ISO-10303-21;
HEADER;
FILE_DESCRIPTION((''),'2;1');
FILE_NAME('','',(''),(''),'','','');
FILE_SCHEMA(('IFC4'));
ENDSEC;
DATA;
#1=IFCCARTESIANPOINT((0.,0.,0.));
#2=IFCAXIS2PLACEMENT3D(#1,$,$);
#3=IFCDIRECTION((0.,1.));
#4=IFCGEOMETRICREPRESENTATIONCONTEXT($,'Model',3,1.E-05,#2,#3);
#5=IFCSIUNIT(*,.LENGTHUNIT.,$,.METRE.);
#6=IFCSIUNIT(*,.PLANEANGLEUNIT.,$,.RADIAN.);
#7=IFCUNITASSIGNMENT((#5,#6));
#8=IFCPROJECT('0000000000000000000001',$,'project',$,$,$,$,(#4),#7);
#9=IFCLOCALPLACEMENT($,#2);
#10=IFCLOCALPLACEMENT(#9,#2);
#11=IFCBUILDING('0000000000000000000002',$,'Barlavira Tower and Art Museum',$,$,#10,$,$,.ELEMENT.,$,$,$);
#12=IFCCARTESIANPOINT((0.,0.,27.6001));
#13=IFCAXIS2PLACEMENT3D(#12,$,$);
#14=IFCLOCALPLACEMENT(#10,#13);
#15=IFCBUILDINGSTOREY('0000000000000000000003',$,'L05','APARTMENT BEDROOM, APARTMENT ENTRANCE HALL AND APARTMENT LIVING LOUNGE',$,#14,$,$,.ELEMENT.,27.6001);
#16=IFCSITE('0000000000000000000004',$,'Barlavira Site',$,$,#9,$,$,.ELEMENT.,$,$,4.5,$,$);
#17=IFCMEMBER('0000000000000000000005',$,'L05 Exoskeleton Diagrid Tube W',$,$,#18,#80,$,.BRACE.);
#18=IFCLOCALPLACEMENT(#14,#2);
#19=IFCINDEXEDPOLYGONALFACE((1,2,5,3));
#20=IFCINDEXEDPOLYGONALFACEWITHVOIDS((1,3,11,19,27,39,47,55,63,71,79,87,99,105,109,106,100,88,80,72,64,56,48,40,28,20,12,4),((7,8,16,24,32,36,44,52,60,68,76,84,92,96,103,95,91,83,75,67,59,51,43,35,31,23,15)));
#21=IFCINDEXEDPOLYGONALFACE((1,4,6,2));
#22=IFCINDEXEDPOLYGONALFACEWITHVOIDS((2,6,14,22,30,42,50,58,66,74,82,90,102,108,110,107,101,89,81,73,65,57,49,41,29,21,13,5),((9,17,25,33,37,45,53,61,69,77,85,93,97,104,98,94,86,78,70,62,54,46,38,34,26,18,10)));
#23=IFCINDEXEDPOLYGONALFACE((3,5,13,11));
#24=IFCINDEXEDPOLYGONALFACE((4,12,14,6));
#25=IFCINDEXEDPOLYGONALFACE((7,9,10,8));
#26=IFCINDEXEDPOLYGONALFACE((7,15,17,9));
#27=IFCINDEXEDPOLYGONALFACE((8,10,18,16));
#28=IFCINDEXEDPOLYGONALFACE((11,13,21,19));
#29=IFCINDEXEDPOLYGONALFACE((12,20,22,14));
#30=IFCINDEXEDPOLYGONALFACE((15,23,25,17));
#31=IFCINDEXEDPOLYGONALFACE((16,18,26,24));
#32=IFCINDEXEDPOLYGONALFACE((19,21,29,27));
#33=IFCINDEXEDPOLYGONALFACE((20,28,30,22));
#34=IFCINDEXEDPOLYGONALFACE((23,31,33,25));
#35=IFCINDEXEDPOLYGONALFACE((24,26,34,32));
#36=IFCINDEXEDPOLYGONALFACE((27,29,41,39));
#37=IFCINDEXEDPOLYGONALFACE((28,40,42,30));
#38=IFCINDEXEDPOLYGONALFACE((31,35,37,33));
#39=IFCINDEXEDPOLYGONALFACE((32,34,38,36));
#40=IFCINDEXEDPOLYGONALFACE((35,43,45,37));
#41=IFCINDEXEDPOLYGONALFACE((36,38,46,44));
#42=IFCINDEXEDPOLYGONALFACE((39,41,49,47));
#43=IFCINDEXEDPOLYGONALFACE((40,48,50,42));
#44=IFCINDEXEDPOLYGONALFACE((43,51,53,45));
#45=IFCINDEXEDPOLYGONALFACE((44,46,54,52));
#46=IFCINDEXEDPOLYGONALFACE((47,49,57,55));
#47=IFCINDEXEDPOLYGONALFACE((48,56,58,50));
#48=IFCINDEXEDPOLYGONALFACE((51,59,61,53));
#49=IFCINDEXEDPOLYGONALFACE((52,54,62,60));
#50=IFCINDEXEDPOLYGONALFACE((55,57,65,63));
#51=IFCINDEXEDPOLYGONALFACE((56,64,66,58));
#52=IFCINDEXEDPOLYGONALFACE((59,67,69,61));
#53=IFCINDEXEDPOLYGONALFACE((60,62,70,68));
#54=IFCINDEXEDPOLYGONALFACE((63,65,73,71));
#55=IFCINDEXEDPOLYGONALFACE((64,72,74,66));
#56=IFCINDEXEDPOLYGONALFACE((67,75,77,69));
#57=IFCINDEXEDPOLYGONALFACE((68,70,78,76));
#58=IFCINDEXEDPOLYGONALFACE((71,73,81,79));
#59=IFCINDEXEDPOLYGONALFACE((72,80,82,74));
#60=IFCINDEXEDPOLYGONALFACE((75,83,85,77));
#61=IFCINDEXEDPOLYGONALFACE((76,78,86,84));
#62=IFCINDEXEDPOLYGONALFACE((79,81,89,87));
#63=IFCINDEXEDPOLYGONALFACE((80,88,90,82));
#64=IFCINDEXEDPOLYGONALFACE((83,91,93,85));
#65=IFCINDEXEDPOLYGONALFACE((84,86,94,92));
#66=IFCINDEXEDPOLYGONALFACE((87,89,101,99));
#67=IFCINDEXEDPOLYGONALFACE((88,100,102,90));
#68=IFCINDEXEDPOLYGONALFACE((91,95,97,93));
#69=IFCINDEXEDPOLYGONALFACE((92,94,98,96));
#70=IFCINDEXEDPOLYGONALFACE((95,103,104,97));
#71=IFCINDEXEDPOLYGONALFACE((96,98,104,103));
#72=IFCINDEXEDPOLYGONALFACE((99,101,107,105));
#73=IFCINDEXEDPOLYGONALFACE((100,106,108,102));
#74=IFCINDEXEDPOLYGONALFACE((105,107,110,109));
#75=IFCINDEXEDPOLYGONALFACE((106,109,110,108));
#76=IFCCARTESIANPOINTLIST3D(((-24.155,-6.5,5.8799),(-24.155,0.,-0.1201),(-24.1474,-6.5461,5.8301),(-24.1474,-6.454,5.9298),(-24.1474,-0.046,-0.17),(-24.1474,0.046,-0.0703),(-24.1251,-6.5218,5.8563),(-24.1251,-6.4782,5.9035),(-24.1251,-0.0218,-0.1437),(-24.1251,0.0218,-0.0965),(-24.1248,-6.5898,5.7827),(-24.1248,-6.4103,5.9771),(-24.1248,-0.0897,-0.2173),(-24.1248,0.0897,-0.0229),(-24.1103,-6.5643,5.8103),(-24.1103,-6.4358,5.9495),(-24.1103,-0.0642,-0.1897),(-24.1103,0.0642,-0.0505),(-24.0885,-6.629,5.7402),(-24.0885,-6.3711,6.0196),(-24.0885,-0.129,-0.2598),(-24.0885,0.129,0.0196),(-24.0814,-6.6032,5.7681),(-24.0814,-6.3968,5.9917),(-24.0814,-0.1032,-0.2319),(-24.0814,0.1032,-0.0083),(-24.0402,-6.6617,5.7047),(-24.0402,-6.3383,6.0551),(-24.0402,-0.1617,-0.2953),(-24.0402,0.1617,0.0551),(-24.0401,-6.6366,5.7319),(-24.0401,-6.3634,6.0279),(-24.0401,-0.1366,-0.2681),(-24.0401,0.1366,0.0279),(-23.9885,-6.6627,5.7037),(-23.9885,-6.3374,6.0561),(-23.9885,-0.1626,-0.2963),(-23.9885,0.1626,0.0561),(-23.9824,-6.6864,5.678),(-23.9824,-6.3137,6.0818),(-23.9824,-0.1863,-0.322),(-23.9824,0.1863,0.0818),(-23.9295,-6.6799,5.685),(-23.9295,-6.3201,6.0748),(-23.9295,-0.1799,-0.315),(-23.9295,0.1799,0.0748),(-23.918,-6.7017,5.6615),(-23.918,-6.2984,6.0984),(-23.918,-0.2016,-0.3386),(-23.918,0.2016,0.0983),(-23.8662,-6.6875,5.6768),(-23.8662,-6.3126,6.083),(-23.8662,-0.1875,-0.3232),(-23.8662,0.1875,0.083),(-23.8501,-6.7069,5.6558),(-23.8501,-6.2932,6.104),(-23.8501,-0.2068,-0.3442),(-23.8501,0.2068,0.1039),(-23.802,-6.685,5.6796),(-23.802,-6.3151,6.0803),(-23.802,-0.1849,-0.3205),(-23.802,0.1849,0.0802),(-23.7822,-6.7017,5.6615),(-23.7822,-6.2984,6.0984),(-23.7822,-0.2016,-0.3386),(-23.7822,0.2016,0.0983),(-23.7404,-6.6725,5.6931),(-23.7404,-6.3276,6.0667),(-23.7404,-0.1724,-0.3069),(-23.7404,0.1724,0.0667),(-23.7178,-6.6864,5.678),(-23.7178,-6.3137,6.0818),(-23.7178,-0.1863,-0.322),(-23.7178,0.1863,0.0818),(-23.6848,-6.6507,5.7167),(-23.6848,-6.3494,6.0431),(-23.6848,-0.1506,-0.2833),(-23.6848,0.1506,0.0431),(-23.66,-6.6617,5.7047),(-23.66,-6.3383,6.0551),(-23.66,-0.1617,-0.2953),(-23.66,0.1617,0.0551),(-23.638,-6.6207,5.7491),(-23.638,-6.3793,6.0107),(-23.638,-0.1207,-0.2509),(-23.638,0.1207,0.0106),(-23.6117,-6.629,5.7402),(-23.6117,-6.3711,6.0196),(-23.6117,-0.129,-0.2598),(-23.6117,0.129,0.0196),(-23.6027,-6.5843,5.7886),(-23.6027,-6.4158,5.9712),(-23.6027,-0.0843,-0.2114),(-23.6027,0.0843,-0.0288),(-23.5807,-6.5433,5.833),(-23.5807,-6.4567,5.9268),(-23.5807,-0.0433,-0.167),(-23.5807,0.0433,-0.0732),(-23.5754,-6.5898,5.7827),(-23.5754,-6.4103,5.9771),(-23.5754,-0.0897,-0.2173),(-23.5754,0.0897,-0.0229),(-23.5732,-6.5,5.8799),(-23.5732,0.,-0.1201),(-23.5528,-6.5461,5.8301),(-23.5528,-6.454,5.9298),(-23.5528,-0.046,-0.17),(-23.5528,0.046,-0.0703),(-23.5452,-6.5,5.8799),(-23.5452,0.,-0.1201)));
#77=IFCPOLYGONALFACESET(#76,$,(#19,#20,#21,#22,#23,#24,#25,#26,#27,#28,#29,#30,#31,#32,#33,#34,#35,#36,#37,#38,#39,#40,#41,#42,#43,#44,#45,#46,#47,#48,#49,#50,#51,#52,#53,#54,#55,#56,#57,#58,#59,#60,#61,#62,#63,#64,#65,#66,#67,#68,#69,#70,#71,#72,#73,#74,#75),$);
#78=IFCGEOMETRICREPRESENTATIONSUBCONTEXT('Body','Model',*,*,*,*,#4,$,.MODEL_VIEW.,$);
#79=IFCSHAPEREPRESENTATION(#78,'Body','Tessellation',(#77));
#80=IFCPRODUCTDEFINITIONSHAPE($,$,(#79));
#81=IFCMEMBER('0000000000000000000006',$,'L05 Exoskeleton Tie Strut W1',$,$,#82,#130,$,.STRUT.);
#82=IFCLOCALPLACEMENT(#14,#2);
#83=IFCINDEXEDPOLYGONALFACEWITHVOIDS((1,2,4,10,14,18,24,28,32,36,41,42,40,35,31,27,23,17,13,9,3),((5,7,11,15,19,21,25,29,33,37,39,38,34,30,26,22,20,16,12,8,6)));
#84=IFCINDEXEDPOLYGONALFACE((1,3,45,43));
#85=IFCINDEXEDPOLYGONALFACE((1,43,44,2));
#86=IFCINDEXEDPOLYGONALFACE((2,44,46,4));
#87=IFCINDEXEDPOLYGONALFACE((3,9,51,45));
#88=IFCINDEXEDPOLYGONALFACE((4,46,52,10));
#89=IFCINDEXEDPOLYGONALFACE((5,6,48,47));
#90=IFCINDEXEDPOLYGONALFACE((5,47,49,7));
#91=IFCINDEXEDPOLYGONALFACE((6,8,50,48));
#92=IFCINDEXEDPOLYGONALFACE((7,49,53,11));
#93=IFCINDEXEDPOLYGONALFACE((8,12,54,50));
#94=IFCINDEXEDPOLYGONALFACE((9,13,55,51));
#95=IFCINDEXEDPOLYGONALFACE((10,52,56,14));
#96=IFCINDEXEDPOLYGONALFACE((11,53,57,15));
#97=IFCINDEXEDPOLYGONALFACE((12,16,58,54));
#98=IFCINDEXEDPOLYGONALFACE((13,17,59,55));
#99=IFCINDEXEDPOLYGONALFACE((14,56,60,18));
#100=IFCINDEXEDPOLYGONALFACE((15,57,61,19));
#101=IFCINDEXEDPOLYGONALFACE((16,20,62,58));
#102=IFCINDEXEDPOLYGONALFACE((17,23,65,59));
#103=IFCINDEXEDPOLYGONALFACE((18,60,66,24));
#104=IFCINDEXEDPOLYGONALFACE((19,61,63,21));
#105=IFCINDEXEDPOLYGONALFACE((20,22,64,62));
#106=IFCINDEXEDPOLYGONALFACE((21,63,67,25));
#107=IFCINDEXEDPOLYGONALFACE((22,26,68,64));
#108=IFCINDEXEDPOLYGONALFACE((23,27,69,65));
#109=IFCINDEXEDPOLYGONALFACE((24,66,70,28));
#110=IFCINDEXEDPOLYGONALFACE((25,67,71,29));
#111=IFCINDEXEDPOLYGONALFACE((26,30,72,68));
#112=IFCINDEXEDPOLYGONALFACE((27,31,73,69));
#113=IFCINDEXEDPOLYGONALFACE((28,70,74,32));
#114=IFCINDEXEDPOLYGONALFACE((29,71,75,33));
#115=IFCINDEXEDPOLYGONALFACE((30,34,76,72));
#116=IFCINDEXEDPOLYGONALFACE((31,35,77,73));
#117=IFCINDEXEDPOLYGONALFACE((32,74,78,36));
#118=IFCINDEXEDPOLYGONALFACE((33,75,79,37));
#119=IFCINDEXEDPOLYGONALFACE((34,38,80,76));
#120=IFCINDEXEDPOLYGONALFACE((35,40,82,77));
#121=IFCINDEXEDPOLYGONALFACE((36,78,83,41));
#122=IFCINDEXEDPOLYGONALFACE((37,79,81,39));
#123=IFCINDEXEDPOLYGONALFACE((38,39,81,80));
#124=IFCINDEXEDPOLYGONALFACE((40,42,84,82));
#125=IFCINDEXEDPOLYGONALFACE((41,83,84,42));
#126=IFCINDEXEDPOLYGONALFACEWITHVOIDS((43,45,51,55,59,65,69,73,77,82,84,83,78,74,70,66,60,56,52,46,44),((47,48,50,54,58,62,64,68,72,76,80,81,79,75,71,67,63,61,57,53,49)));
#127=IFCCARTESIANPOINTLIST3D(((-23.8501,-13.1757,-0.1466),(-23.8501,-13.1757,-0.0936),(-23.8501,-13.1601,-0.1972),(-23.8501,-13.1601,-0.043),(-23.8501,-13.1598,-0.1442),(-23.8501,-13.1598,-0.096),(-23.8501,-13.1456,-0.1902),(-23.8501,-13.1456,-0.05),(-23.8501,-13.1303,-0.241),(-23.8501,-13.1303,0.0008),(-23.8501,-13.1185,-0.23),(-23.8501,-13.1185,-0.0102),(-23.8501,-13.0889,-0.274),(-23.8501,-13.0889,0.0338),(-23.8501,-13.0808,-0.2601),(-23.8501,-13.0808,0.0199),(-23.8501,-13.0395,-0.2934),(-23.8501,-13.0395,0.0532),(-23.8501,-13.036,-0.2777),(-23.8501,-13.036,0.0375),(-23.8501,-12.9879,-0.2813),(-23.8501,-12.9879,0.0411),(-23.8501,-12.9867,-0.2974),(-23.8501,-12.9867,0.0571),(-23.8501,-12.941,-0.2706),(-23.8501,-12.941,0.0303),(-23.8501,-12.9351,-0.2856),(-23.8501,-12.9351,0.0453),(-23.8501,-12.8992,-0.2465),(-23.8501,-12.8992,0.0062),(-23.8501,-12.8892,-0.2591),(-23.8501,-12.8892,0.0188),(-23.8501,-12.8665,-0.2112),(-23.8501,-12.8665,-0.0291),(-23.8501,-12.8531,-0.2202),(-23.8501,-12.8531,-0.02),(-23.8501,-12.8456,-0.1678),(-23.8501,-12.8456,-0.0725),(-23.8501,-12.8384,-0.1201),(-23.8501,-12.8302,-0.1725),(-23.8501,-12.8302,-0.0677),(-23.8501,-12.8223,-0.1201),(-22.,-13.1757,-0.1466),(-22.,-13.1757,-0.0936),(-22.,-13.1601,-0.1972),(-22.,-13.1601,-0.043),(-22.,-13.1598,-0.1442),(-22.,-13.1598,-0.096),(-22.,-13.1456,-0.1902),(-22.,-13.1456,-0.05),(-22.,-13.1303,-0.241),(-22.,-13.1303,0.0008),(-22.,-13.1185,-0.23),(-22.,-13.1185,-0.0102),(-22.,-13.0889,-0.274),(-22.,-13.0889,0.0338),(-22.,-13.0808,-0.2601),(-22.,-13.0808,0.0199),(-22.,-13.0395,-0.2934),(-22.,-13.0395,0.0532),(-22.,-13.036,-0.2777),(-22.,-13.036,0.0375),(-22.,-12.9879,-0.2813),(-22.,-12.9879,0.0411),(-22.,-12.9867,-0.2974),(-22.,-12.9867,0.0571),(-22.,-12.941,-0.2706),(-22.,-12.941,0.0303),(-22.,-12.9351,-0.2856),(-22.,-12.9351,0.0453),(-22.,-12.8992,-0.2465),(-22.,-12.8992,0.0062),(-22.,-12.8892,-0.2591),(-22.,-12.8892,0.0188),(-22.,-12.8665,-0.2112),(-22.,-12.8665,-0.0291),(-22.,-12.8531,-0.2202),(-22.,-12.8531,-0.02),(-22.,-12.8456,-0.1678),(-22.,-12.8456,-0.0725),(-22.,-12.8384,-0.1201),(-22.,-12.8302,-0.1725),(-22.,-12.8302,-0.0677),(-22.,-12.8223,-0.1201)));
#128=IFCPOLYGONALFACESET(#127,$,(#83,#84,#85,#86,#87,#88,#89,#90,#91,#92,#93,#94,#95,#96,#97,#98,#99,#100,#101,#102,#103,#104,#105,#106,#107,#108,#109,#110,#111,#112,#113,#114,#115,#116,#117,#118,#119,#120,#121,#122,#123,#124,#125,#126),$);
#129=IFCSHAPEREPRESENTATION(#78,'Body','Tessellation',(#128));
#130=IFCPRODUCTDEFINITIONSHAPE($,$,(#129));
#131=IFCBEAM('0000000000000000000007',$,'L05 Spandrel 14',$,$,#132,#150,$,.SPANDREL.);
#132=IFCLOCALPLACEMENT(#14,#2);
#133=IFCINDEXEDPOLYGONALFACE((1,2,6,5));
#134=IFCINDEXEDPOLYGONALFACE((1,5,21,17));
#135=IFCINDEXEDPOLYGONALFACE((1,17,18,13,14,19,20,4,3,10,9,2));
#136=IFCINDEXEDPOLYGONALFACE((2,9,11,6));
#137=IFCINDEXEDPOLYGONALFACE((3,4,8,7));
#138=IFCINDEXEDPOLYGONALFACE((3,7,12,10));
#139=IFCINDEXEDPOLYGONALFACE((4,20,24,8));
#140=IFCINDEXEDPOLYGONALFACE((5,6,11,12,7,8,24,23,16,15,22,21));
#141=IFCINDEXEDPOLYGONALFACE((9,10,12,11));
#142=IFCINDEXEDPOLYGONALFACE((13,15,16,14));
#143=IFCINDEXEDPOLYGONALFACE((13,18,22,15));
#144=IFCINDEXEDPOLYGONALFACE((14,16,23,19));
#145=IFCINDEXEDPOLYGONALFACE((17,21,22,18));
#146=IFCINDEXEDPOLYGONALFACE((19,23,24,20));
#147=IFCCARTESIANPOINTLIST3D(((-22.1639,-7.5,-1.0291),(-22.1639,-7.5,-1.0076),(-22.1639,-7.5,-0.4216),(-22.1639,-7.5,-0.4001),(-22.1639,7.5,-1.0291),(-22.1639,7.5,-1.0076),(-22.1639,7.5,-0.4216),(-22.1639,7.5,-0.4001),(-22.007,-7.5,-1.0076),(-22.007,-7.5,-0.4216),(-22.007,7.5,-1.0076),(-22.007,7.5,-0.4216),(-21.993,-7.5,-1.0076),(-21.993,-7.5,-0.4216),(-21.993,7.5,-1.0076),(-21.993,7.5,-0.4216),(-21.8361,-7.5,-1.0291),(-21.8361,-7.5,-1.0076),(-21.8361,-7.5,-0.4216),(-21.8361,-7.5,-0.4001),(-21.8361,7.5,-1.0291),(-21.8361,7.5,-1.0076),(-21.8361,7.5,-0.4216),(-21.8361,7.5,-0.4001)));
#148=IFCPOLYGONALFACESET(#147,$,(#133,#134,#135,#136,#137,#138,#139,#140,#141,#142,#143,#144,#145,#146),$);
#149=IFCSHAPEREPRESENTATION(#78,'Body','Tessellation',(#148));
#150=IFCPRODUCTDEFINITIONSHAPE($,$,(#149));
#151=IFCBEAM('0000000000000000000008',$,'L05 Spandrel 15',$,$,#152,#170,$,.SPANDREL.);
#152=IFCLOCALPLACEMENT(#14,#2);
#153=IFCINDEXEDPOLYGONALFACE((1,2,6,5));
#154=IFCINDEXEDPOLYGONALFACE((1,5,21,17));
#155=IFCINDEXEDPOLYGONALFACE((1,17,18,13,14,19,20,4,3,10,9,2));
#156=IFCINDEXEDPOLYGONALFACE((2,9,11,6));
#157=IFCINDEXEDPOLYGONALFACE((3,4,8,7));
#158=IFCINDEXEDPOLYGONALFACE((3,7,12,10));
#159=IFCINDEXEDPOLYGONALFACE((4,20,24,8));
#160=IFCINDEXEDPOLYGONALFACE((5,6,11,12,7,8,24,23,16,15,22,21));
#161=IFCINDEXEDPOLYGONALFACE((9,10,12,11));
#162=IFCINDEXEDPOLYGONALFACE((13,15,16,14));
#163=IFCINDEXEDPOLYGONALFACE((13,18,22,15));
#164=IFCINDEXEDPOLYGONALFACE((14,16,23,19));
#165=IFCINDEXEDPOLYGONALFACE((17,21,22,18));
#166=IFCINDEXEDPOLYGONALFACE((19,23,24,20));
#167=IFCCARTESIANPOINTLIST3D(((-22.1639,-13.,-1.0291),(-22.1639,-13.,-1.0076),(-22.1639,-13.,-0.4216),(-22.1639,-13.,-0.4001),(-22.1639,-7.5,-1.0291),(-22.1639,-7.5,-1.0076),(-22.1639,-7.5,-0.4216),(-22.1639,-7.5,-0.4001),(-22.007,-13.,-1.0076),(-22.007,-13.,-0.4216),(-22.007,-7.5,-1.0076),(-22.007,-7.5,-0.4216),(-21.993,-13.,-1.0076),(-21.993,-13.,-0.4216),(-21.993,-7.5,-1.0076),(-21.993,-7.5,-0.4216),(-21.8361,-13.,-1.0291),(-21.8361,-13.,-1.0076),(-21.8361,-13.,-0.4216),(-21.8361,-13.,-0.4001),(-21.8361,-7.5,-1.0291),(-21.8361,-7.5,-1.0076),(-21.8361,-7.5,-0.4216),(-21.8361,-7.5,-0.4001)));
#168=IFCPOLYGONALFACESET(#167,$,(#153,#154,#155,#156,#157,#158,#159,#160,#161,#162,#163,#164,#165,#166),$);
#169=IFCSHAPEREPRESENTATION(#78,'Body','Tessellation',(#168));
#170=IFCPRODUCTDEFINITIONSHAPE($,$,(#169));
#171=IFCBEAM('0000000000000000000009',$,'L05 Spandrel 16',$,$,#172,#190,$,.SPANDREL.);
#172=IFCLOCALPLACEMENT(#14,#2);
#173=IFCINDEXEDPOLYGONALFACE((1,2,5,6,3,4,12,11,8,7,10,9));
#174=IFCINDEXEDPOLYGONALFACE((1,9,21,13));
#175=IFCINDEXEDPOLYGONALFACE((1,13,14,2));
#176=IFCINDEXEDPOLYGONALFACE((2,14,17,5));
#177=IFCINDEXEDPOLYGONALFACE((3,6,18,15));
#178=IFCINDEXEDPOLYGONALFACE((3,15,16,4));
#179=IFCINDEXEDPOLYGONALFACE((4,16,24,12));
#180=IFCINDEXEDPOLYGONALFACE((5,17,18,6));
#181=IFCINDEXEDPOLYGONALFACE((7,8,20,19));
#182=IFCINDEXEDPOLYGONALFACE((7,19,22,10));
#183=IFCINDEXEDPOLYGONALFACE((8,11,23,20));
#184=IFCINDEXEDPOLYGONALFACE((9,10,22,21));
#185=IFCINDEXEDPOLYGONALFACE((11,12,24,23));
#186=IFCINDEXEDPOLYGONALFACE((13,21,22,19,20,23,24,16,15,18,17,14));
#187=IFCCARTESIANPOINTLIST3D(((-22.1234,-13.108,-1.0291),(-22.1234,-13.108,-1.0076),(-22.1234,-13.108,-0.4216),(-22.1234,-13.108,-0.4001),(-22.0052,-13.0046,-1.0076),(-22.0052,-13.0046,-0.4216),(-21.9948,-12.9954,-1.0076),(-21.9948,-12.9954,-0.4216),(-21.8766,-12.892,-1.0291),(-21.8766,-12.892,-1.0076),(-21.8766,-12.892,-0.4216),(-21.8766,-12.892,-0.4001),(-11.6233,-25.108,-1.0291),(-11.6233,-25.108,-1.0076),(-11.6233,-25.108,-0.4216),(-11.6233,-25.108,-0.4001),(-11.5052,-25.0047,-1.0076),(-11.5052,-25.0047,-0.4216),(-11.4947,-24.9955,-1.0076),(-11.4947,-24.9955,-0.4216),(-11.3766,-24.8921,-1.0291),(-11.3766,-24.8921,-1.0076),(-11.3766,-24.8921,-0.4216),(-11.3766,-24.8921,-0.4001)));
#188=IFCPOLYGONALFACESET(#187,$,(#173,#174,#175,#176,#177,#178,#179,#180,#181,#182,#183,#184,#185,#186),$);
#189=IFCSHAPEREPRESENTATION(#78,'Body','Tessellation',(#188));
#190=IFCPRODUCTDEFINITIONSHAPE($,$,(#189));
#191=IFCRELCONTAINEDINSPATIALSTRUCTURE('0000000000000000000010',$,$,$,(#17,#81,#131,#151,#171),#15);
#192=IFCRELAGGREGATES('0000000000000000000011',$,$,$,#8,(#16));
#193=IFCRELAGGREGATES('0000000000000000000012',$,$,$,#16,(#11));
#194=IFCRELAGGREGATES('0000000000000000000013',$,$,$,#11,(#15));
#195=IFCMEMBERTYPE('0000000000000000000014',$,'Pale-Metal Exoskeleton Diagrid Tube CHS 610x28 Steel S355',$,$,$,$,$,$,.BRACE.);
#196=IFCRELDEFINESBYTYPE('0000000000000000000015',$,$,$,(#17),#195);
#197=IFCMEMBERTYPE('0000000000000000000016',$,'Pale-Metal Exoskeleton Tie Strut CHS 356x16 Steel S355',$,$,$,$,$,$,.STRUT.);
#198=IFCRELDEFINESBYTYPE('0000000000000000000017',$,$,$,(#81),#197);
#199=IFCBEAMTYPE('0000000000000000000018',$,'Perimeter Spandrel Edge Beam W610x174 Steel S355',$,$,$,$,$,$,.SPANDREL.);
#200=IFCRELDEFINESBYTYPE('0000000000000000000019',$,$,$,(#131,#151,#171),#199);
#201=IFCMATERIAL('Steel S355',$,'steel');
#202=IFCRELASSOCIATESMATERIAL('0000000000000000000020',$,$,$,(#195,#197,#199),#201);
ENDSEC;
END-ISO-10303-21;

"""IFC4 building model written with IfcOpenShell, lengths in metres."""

from ifc_helpers import new_model, si_unit, direction, frame, origin, origin_2d, place, context, subcontext, project, spatial, hollow_circle, i_section, extrude, material, material_profile, profile_set, type_object, element, save


model = new_model("IFC4")

# Units and contexts
model_context = context("Model", 3, precision=1e-05, world=origin(), true_north=direction((0.0, 1.0)))
body_context = subcontext(model_context, "Body", "Model", "MODEL_VIEW")
ifc_project = project(units=[si_unit("LENGTHUNIT", "METRE"), si_unit("PLANEANGLEUNIT", "RADIAN")], contexts=[model_context])

# Site, building, storey
site_placement = place(None, origin())
site = spatial("IfcSite", under=ifc_project, at=site_placement, Name="Barlavira Site", CompositionType="ELEMENT", RefElevation=4.5)
building_placement = place(site_placement, origin())
building = spatial("IfcBuilding", under=site, at=building_placement, Name="Barlavira Tower and Art Museum", CompositionType="ELEMENT")
storey_placement = place(building_placement, frame((0.0, 0.0, 27.6001)))
storey = spatial("IfcBuildingStorey", under=building, at=storey_placement, Name="L05", Description="APARTMENT BEDROOM, APARTMENT ENTRANCE HALL AND APARTMENT LIVING LOUNGE", CompositionType="ELEMENT", Elevation=27.6001)

# Members
ifc_material_1 = material(Name="Steel S355", Category="steel")
ifc_material_profile_1 = material_profile(ifc_material_1, hollow_circle(Radius=0.3049, WallThickness=0.0281, at=origin_2d()), Name="CHS 610.0x28.0")
ifc_profile_set_1 = profile_set([ifc_material_profile_1], Name="Steel S355")
member_type_1 = type_object("IfcMemberType", Name="Pale-Metal Exoskeleton Diagrid Tube CHS 610x28 Steel S355", PredefinedType="BRACE", material=ifc_profile_set_1)
member_1_placement = place(storey_placement, frame((-23.8501, 0.0, -0.1201), z_axis=(0.0, -0.734803, 0.67828), x_axis=(1.0, 0.0, 0.0)))
element("IfcMember", 1, at=member_1_placement, inside=storey, type_object=member_type_1, Name="L05 Exoskeleton Diagrid Tube W", PredefinedType="BRACE", context=body_context, shape_type="SweptSolid", body=[
    extrude(hollow_circle(Radius=0.3049, WallThickness=0.0281, at=origin_2d()), origin(), (0.0, 0.0, 1.0), 8.8459),
])
ifc_material_profile_2 = material_profile(ifc_material_1, hollow_circle(Radius=0.1777, WallThickness=0.0161, at=origin_2d()), Name="CHS 355.6x16.0")
ifc_profile_set_2 = profile_set([ifc_material_profile_2], Name="Steel S355")
member_type_2 = type_object("IfcMemberType", Name="Pale-Metal Exoskeleton Tie Strut CHS 356x16 Steel S355", PredefinedType="STRUT", material=ifc_profile_set_2)
member_2_placement = place(storey_placement, frame((-23.8501, -13.0, -0.1201), z_axis=(1.0, 0.0, 0.0), x_axis=(0.0, 1.0, 0.0)))
element("IfcMember", 2, at=member_2_placement, inside=storey, type_object=member_type_2, Name="L05 Exoskeleton Tie Strut W1", PredefinedType="STRUT", context=body_context, shape_type="SweptSolid", body=[
    extrude(hollow_circle(Radius=0.1777, WallThickness=0.0161, at=origin_2d()), origin(), (0.0, 0.0, 1.0), 1.8501),
])

# Beams
ifc_material_profile_3 = material_profile(ifc_material_1, i_section(OverallWidth=0.3279, OverallDepth=0.6289, WebThickness=0.0139, FlangeThickness=0.0215, at=origin_2d()), Name="W610x174.0")
ifc_profile_set_3 = profile_set([ifc_material_profile_3], Name="Steel S355")
beam_type_1 = type_object("IfcBeamType", Name="Perimeter Spandrel Edge Beam W610x174 Steel S355", PredefinedType="SPANDREL", material=ifc_profile_set_3)
beam_1_placement = place(storey_placement, frame((-22.0, -7.5, -0.7146), z_axis=(0.0, 1.0, 0.0), x_axis=(-1.0, 0.0, 0.0)))
element("IfcBeam", 3, at=beam_1_placement, inside=storey, type_object=beam_type_1, Name="L05 Spandrel 14", PredefinedType="SPANDREL", context=body_context, shape_type="SweptSolid", body=[
    extrude(i_section(OverallWidth=0.3279, OverallDepth=0.6289, WebThickness=0.0139, FlangeThickness=0.0215, at=origin_2d()), origin(), (0.0, 0.0, 1.0), 15.0),
])
beam_2_placement = place(storey_placement, frame((-22.0, -13.0, -0.7146), z_axis=(0.0, 1.0, 0.0), x_axis=(-1.0, 0.0, 0.0)))
element("IfcBeam", 4, at=beam_2_placement, inside=storey, type_object=beam_type_1, Name="L05 Spandrel 15", PredefinedType="SPANDREL", context=body_context, shape_type="SweptSolid", body=[
    extrude(i_section(OverallWidth=0.3279, OverallDepth=0.6289, WebThickness=0.0139, FlangeThickness=0.0215, at=origin_2d()), origin(), (0.0, 0.0, 1.0), 5.5),
])
beam_3_placement = place(storey_placement, frame((-22.0, -13.0, -0.7146), z_axis=(0.658505, -0.752577, 0.0), x_axis=(0.752577, 0.658505, 0.0)))
element("IfcBeam", 5, at=beam_3_placement, inside=storey, type_object=beam_type_1, Name="L05 Spandrel 16", PredefinedType="SPANDREL", context=body_context, shape_type="SweptSolid", body=[
    extrude(i_section(OverallWidth=0.3279, OverallDepth=0.6289, WebThickness=0.0139, FlangeThickness=0.0215, at=origin_2d()), origin(), (0.0, 0.0, 1.0), 15.9453),
])

save(model, "model.ifc")
